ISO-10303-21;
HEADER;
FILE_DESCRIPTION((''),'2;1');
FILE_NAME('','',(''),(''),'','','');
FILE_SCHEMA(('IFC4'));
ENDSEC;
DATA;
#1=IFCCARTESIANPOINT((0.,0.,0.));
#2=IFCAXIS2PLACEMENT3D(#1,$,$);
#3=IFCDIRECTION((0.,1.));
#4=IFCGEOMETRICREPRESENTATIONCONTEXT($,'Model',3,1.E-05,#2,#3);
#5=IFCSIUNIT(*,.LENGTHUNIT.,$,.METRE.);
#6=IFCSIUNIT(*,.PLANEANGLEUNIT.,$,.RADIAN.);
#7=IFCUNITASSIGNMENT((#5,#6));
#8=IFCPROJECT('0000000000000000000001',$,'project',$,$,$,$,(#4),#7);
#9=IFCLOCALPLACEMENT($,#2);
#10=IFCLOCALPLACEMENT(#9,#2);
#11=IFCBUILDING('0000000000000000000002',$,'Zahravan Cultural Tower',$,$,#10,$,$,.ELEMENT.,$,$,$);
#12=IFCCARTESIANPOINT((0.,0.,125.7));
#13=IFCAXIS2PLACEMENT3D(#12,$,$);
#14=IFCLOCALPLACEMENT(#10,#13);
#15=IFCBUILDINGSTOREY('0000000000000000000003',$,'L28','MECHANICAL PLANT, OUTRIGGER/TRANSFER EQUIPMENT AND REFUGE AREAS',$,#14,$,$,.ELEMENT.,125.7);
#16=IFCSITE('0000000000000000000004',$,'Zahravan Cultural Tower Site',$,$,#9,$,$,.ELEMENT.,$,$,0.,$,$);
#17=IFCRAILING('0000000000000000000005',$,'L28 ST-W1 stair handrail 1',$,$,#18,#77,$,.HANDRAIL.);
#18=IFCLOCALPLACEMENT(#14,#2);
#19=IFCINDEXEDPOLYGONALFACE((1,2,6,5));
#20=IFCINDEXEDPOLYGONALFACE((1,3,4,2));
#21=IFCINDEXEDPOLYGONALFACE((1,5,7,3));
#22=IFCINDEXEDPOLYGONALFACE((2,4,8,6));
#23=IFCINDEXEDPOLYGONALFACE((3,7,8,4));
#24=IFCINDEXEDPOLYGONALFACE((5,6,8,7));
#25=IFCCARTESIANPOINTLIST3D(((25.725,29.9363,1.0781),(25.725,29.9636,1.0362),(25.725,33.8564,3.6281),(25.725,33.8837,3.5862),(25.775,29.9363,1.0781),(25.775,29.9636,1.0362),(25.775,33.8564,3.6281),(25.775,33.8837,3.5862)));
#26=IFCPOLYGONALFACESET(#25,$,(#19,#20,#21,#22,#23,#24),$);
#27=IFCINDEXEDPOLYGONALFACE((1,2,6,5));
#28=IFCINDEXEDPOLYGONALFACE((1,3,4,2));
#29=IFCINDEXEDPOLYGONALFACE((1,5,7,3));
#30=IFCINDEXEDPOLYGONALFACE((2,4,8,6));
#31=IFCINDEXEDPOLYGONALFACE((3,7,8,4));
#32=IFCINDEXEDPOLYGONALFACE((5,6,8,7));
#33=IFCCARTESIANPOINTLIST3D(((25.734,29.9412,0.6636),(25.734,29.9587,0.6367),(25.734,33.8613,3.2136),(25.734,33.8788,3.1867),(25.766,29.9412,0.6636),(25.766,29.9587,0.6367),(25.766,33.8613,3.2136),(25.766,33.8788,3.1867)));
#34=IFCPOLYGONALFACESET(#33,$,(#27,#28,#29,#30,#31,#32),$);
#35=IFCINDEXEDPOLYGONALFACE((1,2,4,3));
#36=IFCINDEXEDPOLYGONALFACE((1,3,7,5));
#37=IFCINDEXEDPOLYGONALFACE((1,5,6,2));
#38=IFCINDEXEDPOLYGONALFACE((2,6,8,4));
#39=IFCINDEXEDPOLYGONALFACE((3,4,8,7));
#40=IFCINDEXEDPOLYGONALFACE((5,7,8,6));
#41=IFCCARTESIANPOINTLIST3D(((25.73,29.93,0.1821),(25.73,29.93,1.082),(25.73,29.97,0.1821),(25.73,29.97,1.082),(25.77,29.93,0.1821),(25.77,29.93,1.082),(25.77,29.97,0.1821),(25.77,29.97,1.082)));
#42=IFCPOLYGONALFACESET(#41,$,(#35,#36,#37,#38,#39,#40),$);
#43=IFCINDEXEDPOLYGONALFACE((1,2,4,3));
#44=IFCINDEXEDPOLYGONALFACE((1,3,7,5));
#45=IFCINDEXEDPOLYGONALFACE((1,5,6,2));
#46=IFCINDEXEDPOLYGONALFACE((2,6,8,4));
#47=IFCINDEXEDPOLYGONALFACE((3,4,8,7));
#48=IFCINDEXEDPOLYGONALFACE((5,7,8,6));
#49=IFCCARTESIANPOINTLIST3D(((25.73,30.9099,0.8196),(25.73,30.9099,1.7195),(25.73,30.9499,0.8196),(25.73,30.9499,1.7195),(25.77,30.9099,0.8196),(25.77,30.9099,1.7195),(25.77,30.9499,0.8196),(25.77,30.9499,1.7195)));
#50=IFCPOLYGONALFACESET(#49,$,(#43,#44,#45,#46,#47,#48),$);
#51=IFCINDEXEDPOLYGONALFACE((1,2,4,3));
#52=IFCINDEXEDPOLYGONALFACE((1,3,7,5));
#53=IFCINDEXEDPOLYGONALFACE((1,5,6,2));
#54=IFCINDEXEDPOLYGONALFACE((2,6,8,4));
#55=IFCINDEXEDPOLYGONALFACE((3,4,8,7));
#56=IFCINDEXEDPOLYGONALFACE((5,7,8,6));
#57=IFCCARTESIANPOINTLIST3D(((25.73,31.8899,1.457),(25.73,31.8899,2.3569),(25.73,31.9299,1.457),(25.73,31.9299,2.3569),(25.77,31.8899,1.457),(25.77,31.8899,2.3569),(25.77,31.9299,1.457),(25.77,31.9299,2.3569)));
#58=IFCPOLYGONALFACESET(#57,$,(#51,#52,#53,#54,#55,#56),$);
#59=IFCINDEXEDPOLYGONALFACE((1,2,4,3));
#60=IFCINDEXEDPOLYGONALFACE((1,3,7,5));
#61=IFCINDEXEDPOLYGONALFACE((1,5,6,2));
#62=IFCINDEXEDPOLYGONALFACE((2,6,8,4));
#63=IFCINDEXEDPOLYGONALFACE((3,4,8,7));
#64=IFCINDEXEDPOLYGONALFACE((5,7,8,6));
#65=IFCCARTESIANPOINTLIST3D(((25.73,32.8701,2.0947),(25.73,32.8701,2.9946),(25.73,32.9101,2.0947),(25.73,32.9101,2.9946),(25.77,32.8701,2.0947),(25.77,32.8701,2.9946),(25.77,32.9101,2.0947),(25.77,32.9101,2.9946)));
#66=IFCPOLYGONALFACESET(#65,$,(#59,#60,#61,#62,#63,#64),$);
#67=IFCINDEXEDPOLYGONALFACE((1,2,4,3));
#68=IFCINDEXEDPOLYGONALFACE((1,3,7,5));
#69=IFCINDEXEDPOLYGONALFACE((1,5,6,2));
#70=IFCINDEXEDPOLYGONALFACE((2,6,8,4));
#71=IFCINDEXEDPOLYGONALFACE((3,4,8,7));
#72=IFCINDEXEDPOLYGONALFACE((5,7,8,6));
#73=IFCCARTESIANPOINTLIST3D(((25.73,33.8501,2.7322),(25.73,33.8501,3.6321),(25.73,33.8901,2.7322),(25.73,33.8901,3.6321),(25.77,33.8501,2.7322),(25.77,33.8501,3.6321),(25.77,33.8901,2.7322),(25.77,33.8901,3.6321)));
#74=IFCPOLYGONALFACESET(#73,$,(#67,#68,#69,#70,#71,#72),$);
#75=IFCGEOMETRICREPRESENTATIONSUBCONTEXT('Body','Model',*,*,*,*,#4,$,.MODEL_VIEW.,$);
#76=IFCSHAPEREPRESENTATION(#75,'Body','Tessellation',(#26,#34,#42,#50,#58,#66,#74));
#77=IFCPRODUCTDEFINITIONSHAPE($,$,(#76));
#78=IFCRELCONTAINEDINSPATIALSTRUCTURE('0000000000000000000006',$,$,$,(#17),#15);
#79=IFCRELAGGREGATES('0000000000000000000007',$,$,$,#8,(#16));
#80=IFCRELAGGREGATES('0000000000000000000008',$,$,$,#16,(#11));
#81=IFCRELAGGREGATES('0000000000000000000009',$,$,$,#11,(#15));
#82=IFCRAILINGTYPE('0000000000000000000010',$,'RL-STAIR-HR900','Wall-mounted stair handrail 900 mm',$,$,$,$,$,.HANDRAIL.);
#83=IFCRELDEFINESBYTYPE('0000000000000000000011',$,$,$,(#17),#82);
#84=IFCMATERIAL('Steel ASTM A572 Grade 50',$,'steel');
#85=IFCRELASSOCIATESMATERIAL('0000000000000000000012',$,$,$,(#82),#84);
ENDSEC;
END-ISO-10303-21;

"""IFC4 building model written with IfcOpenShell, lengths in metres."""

from ifc_helpers import new_model, si_unit, direction, frame, origin, origin_2d, place, context, subcontext, project, spatial, rectangle, extrude, material, type_object, element, save


model = new_model("IFC4")

# Units and contexts
model_context = context("Model", 3, precision=1e-05, world=origin(), true_north=direction((0.0, 1.0)))
body_context = subcontext(model_context, "Body", "Model", "MODEL_VIEW")
ifc_project = project(units=[si_unit("LENGTHUNIT", "METRE"), si_unit("PLANEANGLEUNIT", "RADIAN")], contexts=[model_context])

# Site, building, storey
site_placement = place(None, origin())
site = spatial("IfcSite", under=ifc_project, at=site_placement, Name="Zahravan Cultural Tower Site", CompositionType="ELEMENT", RefElevation=0.0)
building_placement = place(site_placement, origin())
building = spatial("IfcBuilding", under=site, at=building_placement, Name="Zahravan Cultural Tower", CompositionType="ELEMENT")
storey_placement = place(building_placement, frame((0.0, 0.0, 125.7)))
storey = spatial("IfcBuildingStorey", under=building, at=storey_placement, Name="L28", Description="MECHANICAL PLANT, OUTRIGGER/TRANSFER EQUIPMENT AND REFUGE AREAS", CompositionType="ELEMENT", Elevation=125.7)

# Shared definitions
ifc_material_1 = material(Name="Steel ASTM A572 Grade 50", Category="steel")

# Railing
railing_type = type_object("IfcRailingType", Name="RL-STAIR-HR900", Description="Wall-mounted stair handrail 900 mm", PredefinedType="HANDRAIL", material=ifc_material_1)
railing_placement = place(storey_placement, frame((25.75, 29.95, 0.1821)))
element("IfcRailing", 1, at=railing_placement, inside=storey, type_object=railing_type, Name="L28 ST-W1 stair handrail 1", PredefinedType="HANDRAIL", context=body_context, shape_type="SweptSolid", body=[
    extrude(rectangle(XDim=0.05, YDim=0.05, at=origin_2d()), frame((0.0, 0.0, 0.875), z_axis=(0.0, 0.838254, 0.54528), x_axis=(-1.0, 0.0, 0.0)), (0.0, 0.0, 1.0), 4.6765),
    extrude(rectangle(XDim=0.032, YDim=0.032, at=origin_2d()), frame((0.0, 0.0, 0.468), z_axis=(0.0, 0.838254, 0.54528), x_axis=(-1.0, 0.0, 0.0)), (0.0, 0.0, 1.0), 4.6765),
    extrude(rectangle(XDim=0.04, YDim=0.04, at=origin_2d()), origin(), (0.0, 0.0, 1.0), 0.8999),
    extrude(rectangle(XDim=0.04, YDim=0.04, at=origin_2d()), frame((0.0, 0.98, 0.6375)), (0.0, 0.0, 1.0), 0.8999),
    extrude(rectangle(XDim=0.04, YDim=0.04, at=origin_2d()), frame((0.0, 1.96, 1.2749)), (0.0, 0.0, 1.0), 0.8999),
    extrude(rectangle(XDim=0.04, YDim=0.04, at=origin_2d()), frame((0.0, 2.9402, 1.9126)), (0.0, 0.0, 1.0), 0.8999),
    extrude(rectangle(XDim=0.04, YDim=0.04, at=origin_2d()), frame((0.0, 3.9202, 2.55)), (0.0, 0.0, 1.0), 0.8999),
])

save(model, "model.ifc")
